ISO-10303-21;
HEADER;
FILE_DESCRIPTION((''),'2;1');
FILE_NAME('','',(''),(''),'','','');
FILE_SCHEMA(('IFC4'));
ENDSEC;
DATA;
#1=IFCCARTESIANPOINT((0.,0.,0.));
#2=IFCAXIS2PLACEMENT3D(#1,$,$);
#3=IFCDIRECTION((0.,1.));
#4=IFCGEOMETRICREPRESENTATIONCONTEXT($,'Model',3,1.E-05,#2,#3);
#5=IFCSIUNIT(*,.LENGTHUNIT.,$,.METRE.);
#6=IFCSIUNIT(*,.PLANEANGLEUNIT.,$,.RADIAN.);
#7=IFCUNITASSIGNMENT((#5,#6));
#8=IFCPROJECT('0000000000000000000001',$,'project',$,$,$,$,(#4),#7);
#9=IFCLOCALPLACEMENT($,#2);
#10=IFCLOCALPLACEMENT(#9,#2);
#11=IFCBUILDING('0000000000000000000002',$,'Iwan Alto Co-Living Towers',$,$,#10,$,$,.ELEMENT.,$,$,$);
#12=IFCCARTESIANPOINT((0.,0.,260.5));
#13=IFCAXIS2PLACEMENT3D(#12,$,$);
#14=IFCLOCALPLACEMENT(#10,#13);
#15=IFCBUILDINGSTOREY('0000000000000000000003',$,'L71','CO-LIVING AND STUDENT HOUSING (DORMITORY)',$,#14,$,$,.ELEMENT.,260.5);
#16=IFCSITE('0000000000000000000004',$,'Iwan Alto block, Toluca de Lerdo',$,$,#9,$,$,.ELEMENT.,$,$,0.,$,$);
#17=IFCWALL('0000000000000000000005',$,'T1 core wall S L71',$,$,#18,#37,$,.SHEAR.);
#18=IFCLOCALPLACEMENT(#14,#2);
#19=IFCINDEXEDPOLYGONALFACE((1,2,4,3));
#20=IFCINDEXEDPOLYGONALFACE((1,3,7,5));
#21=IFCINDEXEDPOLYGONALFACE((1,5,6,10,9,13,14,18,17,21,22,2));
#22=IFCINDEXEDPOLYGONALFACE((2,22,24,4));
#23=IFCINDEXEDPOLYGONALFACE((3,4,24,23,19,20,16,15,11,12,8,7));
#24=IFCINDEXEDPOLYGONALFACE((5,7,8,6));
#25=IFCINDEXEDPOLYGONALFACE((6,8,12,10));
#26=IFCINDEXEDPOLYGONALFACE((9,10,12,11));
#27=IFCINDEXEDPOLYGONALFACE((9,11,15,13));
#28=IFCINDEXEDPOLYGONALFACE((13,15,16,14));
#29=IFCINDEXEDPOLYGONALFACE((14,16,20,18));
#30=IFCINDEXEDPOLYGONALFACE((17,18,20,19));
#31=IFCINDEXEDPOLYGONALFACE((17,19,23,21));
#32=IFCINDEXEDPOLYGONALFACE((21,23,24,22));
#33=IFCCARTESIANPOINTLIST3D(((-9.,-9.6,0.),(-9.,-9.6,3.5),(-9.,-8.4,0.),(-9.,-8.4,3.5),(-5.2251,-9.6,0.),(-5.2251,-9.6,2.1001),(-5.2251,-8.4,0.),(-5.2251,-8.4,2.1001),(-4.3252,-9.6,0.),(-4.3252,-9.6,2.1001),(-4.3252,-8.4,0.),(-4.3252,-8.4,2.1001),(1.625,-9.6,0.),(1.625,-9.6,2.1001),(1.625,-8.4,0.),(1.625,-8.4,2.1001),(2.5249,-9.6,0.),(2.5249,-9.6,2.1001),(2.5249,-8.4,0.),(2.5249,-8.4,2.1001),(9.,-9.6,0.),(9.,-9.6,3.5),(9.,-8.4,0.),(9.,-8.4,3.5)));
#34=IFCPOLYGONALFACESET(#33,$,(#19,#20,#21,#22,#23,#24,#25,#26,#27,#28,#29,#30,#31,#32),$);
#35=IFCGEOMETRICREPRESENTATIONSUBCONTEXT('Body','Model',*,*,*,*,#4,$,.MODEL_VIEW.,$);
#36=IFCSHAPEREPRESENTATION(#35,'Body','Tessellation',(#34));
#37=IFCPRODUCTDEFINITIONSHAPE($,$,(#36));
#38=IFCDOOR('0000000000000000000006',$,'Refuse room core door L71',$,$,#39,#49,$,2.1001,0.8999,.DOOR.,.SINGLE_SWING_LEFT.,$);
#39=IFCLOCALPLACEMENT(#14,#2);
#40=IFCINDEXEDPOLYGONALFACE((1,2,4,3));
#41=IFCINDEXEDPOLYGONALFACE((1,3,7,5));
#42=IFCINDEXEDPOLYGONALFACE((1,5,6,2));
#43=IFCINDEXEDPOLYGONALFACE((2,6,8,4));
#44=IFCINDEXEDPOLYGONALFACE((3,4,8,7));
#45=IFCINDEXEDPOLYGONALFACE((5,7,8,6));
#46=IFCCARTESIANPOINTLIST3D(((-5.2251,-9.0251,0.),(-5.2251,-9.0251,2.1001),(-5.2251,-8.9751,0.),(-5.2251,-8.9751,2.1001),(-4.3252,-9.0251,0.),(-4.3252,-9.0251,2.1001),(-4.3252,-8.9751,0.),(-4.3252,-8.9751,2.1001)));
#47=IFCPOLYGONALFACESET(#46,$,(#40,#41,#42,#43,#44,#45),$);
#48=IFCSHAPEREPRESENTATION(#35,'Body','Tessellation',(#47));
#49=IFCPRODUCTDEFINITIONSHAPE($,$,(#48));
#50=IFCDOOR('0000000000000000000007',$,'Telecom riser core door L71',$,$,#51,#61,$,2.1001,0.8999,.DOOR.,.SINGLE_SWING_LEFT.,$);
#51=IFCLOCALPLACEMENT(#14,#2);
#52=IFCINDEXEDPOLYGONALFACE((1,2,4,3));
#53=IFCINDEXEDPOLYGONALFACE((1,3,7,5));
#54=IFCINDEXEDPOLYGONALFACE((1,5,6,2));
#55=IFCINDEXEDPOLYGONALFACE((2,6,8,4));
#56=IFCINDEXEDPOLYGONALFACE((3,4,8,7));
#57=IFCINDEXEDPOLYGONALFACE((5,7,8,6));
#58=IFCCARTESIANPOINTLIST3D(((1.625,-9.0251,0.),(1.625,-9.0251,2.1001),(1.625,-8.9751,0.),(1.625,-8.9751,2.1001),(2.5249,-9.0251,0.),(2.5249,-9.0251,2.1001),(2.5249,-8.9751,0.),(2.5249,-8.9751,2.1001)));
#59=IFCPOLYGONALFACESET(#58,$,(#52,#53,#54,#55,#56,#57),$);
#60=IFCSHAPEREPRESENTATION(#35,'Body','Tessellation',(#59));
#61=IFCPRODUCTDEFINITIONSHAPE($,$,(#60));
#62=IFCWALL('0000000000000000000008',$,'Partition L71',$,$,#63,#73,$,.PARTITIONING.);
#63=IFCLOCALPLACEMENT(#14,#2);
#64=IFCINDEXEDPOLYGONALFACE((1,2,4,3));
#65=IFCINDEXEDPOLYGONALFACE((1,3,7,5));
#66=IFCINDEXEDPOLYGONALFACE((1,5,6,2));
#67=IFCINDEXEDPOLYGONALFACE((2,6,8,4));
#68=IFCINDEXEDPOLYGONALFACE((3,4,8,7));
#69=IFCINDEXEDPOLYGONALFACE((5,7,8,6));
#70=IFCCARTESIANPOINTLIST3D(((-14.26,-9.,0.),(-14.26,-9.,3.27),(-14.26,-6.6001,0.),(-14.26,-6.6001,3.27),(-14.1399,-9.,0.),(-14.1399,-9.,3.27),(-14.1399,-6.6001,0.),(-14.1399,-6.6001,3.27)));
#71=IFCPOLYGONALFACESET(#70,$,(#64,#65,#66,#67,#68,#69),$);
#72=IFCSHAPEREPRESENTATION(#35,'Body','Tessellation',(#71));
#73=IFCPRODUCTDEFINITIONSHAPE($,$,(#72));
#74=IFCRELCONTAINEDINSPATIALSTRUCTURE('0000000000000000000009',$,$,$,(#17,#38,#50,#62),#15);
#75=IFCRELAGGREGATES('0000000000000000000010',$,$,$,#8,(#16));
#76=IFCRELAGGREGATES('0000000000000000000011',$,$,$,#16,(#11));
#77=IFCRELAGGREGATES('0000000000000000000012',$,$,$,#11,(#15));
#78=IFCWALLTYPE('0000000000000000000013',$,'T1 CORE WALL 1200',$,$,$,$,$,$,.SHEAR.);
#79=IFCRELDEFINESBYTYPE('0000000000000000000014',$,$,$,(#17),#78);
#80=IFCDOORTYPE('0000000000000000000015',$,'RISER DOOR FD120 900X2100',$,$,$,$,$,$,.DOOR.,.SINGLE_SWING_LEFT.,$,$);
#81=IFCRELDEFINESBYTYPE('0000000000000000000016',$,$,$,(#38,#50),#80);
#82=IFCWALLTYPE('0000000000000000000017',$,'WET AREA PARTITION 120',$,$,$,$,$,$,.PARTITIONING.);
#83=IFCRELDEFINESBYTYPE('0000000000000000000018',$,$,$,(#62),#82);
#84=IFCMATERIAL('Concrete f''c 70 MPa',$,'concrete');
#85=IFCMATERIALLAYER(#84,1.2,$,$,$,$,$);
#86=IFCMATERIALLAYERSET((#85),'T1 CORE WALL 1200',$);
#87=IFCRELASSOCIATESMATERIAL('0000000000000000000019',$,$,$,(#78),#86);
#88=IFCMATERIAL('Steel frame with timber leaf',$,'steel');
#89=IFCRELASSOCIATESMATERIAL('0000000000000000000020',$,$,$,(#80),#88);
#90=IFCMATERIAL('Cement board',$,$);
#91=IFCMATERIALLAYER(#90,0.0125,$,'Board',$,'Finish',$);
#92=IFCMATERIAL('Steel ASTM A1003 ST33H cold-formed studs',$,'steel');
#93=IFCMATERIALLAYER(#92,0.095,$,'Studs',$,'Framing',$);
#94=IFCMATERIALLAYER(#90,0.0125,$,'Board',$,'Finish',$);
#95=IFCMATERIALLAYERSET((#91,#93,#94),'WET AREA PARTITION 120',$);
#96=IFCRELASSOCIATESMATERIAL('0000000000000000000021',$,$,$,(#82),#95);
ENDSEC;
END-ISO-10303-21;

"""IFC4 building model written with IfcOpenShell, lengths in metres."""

from ifc_helpers import new_model, si_unit, direction, frame, frame_2d, origin, place, context, subcontext, project, spatial, rectangle, extrude, material, layer, layer_set, type_object, element, fill, save


model = new_model("IFC4")

# Units and contexts
model_context = context("Model", 3, precision=1e-05, world=origin(), true_north=direction((0.0, 1.0)))
body_context = subcontext(model_context, "Body", "Model", "MODEL_VIEW")
ifc_project = project(units=[si_unit("LENGTHUNIT", "METRE"), si_unit("PLANEANGLEUNIT", "RADIAN")], contexts=[model_context])

# Site, building, storey
site_placement = place(None, origin())
site = spatial("IfcSite", under=ifc_project, at=site_placement, Name="Iwan Alto block, Toluca de Lerdo", CompositionType="ELEMENT", RefElevation=0.0)
building_placement = place(site_placement, origin())
building = spatial("IfcBuilding", under=site, at=building_placement, Name="Iwan Alto Co-Living Towers", CompositionType="ELEMENT")
storey_placement = place(building_placement, frame((0.0, 0.0, 260.5)))
storey = spatial("IfcBuildingStorey", under=building, at=storey_placement, Name="L71", Description="CO-LIVING AND STUDENT HOUSING (DORMITORY)", CompositionType="ELEMENT", Elevation=260.5)

# Shared definitions
ifc_material_1 = material(Name="Steel ASTM A1003 ST33H cold-formed studs", Category="steel")

# Wall, openings, doors
ifc_material_2 = material(Name="Concrete f'c 70 MPa", Category="concrete")
ifc_layer_1 = layer(ifc_material_2, 1.2)
ifc_layer_set_1 = layer_set([ifc_layer_1], Name="T1 CORE WALL 1200")
wall_type_1 = type_object("IfcWallType", Name="T1 CORE WALL 1200", PredefinedType="SHEAR", material=ifc_layer_set_1)
wall_1_placement = place(storey_placement, frame((-9.0, -9.0, 0.0), z_axis=(0.0, 0.0, 1.0), x_axis=(1.0, 0.0, 0.0)))
wall_1 = element("IfcWall", 1, at=wall_1_placement, inside=storey, type_object=wall_type_1, Name="T1 core wall S L71", PredefinedType="SHEAR", context=body_context, shape_type="SweptSolid", body=[
    extrude(rectangle(XDim=18.0, YDim=1.2, at=frame_2d((9.0, 0.0))), origin(), (0.0, 0.0, 1.0), 3.5),
])
opening_1_placement = place(wall_1_placement, frame((3.7749, 0.0, 0.0)))
opening_1 = element("IfcOpeningElement", 2, at=opening_1_placement, cuts=wall_1, PredefinedType="OPENING", context=body_context, shape_type="SweptSolid", body=[
    extrude(rectangle(XDim=0.8999, YDim=2.1001, at=frame_2d((0.45, 1.05))), frame((0.0, 0.6099, 0.0), z_axis=(0.0, -1.0, 0.0), x_axis=(1.0, 0.0, 0.0)), (0.0, 0.0, 1.0), 1.22),
])
opening_2_placement = place(wall_1_placement, frame((10.625, 0.0, 0.0)))
opening_2 = element("IfcOpeningElement", 3, at=opening_2_placement, cuts=wall_1, PredefinedType="OPENING", context=body_context, shape_type="SweptSolid", body=[
    extrude(rectangle(XDim=0.8999, YDim=2.1001, at=frame_2d((0.45, 1.05))), frame((0.0, 0.6099, 0.0), z_axis=(0.0, -1.0, 0.0), x_axis=(1.0, 0.0, 0.0)), (0.0, 0.0, 1.0), 1.22),
])
ifc_material_3 = material(Name="Steel frame with timber leaf", Category="steel")
door_type_1 = type_object("IfcDoorType", Name="RISER DOOR FD120 900X2100", OperationType="SINGLE_SWING_LEFT", PredefinedType="DOOR", material=ifc_material_3)
door_1_placement = place(opening_1_placement, origin())
door_1 = element("IfcDoor", 4, at=door_1_placement, inside=storey, type_object=door_type_1, Name="Refuse room core door L71", OperationType="SINGLE_SWING_LEFT", OverallHeight=2.1001, OverallWidth=0.8999, PredefinedType="DOOR", context=body_context, shape_type="SweptSolid", body=[
    extrude(rectangle(XDim=0.8999, YDim=2.1001, at=frame_2d((0.45, 1.05))), frame((0.0, 0.0249, 0.0), z_axis=(0.0, -1.0, 0.0), x_axis=(1.0, 0.0, 0.0)), (0.0, 0.0, 1.0), 0.05),
])
fill(opening_1, door_1)
door_2_placement = place(opening_2_placement, origin())
door_2 = element("IfcDoor", 5, at=door_2_placement, inside=storey, type_object=door_type_1, Name="Telecom riser core door L71", OperationType="SINGLE_SWING_LEFT", OverallHeight=2.1001, OverallWidth=0.8999, PredefinedType="DOOR", context=body_context, shape_type="SweptSolid", body=[
    extrude(rectangle(XDim=0.8999, YDim=2.1001, at=frame_2d((0.45, 1.05))), frame((0.0, 0.0249, 0.0), z_axis=(0.0, -1.0, 0.0), x_axis=(1.0, 0.0, 0.0)), (0.0, 0.0, 1.0), 0.05),
])
fill(opening_2, door_2)

# Wall
ifc_material_4 = material(Name="Cement board")
ifc_layer_2 = layer(ifc_material_4, 0.0125, Name="Board", Category="Finish")
ifc_layer_3 = layer(ifc_material_1, 0.095, Name="Studs", Category="Framing")
ifc_layer_4 = layer(ifc_material_4, 0.0125, Name="Board", Category="Finish")
ifc_layer_set_2 = layer_set([ifc_layer_2, ifc_layer_3, ifc_layer_4], Name="WET AREA PARTITION 120")
wall_type_2 = type_object("IfcWallType", Name="WET AREA PARTITION 120", PredefinedType="PARTITIONING", material=ifc_layer_set_2)
wall_2_placement = place(storey_placement, frame((-14.2, -9.0, 0.0), z_axis=(0.0, 0.0, 1.0), x_axis=(0.0, 1.0, 0.0)))
element("IfcWall", 6, at=wall_2_placement, inside=storey, type_object=wall_type_2, Name="Partition L71", PredefinedType="PARTITIONING", context=body_context, shape_type="SweptSolid", body=[
    extrude(rectangle(XDim=2.3999, YDim=0.1201, at=frame_2d((1.2, 0.0))), origin(), (0.0, 0.0, 1.0), 3.27),
])

save(model, "model.ifc")
